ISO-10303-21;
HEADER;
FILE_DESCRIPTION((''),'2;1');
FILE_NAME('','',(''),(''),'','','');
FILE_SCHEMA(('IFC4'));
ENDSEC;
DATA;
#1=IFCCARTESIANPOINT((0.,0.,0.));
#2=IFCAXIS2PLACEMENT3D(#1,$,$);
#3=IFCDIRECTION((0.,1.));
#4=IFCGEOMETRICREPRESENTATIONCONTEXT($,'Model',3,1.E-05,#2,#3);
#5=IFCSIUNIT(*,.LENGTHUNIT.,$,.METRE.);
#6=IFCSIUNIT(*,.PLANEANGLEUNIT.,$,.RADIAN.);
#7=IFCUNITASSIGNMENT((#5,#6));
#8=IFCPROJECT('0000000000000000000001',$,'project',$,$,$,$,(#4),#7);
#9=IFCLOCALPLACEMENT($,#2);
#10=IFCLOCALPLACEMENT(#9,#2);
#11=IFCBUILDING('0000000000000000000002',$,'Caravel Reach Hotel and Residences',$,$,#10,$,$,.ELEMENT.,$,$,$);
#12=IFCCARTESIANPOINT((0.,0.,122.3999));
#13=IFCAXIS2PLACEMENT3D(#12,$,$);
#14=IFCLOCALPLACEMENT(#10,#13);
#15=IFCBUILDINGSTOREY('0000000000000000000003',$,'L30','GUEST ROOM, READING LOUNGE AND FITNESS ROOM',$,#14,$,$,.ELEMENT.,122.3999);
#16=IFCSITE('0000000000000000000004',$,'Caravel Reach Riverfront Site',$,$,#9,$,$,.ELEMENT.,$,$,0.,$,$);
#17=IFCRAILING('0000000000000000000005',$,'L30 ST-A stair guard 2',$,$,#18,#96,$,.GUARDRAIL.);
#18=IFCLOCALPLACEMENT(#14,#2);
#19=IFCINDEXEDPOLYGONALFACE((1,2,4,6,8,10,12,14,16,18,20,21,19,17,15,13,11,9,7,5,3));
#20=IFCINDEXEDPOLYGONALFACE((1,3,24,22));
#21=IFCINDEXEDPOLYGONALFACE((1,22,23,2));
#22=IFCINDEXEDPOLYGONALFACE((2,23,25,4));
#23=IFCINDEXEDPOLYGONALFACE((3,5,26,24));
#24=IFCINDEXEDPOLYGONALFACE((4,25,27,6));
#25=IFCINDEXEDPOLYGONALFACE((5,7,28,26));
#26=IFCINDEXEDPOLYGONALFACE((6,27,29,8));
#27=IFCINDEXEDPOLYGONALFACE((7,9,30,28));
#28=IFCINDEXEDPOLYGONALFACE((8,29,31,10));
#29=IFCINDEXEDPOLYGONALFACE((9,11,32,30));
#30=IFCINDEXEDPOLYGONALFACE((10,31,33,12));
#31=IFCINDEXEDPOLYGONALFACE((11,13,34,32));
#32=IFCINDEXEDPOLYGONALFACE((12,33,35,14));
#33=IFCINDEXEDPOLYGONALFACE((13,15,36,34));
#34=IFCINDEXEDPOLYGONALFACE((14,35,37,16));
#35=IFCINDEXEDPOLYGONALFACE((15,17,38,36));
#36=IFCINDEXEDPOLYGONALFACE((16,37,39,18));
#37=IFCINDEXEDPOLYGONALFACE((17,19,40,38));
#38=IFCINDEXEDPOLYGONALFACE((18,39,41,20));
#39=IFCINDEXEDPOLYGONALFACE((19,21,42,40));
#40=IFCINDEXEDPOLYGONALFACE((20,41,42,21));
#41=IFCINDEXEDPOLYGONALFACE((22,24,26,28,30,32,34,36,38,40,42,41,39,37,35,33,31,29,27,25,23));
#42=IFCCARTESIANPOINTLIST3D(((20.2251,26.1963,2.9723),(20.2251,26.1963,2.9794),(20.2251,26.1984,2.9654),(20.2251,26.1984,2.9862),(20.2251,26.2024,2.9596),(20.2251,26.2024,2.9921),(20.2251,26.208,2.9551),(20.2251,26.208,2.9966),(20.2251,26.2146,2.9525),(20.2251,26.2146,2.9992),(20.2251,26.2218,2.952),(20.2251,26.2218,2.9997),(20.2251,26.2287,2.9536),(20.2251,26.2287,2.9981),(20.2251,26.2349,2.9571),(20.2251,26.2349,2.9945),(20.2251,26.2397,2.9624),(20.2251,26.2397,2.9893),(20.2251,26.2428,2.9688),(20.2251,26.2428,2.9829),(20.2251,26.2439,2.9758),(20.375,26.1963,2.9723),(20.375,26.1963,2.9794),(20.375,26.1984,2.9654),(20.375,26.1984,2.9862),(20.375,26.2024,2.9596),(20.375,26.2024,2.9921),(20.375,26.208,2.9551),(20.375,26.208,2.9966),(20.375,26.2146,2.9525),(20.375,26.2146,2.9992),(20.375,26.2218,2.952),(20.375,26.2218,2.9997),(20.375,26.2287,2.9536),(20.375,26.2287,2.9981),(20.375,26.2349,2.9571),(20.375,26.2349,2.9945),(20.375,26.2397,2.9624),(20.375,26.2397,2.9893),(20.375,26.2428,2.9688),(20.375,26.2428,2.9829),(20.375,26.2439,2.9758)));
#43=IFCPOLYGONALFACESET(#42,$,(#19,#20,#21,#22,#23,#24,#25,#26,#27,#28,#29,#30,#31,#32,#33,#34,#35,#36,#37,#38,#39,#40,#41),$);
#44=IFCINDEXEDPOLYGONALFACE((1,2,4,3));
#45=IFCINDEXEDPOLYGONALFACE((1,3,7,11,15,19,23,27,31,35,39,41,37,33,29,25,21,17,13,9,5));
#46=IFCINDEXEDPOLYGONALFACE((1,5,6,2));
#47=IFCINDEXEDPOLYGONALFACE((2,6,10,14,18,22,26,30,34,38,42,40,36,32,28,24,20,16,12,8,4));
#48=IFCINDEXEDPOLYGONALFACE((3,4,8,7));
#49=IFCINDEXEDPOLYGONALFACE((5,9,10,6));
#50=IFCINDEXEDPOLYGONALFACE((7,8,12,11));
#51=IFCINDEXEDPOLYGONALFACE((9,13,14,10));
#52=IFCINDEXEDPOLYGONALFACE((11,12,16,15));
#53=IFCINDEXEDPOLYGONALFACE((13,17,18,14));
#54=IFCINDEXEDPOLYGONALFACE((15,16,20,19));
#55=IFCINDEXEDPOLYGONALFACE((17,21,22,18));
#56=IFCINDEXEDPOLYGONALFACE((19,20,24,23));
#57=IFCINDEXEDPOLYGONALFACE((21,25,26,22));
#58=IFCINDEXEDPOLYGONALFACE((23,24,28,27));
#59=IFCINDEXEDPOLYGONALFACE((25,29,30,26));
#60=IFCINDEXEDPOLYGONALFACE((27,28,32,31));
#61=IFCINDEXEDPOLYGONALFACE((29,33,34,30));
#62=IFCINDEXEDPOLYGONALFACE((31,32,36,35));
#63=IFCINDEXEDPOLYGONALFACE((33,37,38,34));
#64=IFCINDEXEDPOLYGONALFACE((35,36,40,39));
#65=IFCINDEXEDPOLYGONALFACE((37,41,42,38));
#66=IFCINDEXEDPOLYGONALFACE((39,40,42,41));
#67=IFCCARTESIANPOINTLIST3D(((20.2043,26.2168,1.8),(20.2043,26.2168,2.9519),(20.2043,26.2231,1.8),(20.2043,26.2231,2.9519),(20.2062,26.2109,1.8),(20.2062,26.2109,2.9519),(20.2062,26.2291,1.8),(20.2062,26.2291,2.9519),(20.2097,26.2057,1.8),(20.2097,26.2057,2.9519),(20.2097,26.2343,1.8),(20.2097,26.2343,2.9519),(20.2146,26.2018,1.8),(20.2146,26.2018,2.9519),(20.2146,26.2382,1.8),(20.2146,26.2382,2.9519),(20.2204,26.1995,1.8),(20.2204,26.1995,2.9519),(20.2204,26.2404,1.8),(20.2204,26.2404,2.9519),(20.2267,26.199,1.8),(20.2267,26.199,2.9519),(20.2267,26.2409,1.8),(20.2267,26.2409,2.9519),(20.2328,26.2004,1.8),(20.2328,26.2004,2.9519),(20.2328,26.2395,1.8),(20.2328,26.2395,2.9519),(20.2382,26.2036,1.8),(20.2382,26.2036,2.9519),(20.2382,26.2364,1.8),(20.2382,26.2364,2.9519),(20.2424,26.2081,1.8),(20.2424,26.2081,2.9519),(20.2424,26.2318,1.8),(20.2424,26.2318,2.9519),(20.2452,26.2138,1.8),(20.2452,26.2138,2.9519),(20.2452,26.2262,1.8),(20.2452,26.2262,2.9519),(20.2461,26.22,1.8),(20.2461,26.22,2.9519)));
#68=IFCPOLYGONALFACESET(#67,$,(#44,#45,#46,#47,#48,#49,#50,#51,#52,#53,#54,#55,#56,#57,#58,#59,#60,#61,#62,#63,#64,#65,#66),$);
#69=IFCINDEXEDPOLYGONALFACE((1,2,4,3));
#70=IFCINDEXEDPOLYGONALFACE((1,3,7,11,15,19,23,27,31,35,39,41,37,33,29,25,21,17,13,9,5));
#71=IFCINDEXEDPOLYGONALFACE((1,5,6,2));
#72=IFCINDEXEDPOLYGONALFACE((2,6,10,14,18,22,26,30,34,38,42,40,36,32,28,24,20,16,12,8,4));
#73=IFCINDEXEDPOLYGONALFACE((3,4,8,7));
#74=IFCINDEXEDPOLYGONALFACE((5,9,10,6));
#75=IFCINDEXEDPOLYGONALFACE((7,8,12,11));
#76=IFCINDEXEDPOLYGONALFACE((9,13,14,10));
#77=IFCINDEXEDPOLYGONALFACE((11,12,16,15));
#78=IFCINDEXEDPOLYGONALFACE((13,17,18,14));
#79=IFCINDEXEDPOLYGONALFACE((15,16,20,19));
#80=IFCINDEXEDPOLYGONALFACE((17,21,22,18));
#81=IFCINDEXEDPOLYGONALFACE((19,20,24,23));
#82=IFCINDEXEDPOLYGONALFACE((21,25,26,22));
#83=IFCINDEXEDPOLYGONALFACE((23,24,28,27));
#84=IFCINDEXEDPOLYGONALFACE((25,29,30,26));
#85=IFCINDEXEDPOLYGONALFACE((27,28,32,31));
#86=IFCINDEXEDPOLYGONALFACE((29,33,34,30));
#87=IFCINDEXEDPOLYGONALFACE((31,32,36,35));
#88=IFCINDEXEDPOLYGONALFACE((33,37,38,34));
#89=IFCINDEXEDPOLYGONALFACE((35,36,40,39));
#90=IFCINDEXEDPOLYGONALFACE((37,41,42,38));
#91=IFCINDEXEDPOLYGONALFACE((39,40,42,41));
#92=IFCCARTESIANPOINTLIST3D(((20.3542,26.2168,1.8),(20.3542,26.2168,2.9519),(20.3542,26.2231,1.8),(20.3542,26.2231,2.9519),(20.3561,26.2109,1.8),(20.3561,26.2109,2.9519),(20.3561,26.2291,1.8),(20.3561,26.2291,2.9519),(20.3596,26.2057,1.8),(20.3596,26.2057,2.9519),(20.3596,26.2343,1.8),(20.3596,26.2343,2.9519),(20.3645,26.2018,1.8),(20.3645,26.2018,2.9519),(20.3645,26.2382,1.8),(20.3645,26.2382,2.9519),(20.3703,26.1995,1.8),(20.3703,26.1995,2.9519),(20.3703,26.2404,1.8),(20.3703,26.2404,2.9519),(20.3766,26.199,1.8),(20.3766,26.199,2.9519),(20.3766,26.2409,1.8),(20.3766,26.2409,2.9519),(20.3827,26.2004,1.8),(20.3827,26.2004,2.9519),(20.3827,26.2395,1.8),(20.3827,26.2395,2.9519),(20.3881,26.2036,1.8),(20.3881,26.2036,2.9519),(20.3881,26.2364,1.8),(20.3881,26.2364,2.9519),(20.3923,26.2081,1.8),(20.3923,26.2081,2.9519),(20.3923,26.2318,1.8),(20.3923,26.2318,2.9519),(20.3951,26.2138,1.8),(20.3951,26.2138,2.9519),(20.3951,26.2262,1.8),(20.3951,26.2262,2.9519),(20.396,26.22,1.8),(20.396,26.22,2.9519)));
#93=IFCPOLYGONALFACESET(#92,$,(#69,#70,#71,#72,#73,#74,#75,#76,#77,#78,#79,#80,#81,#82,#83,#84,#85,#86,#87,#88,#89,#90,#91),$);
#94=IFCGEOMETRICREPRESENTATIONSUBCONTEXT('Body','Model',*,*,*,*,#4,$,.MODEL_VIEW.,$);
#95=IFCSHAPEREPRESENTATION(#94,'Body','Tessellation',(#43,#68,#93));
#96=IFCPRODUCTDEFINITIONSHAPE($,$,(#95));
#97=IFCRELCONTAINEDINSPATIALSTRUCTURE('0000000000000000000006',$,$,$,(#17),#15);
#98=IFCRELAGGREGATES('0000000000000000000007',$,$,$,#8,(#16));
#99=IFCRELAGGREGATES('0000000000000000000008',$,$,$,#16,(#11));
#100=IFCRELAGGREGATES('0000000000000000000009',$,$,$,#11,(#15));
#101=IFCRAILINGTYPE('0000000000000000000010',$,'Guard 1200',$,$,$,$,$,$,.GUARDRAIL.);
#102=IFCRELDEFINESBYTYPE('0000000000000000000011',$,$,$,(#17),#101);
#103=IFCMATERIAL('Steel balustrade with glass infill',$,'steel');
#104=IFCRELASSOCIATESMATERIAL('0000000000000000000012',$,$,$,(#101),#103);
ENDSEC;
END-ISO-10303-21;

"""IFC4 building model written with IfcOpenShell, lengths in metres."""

from ifc_helpers import new_model, si_unit, direction, frame, origin, origin_2d, place, context, subcontext, project, spatial, circle, extrude, material, type_object, element, save


model = new_model("IFC4")

# Units and contexts
model_context = context("Model", 3, precision=1e-05, world=origin(), true_north=direction((0.0, 1.0)))
body_context = subcontext(model_context, "Body", "Model", "MODEL_VIEW")
ifc_project = project(units=[si_unit("LENGTHUNIT", "METRE"), si_unit("PLANEANGLEUNIT", "RADIAN")], contexts=[model_context])

# Site, building, storey
site_placement = place(None, origin())
site = spatial("IfcSite", under=ifc_project, at=site_placement, Name="Caravel Reach Riverfront Site", CompositionType="ELEMENT", RefElevation=0.0)
building_placement = place(site_placement, origin())
building = spatial("IfcBuilding", under=site, at=building_placement, Name="Caravel Reach Hotel and Residences", CompositionType="ELEMENT")
storey_placement = place(building_placement, frame((0.0, 0.0, 122.3999)))
storey = spatial("IfcBuildingStorey", under=building, at=storey_placement, Name="L30", Description="GUEST ROOM, READING LOUNGE AND FITNESS ROOM", CompositionType="ELEMENT", Elevation=122.3999)

# Railing
ifc_material_1 = material(Name="Steel balustrade with glass infill", Category="steel")
railing_type_1 = type_object("IfcRailingType", Name="Guard 1200", PredefinedType="GUARDRAIL", material=ifc_material_1)
railing_1_placement = place(storey_placement, frame((20.2251, 26.22, 1.8)))
element("IfcRailing", 1, at=railing_1_placement, inside=storey, type_object=railing_type_1, Name="L30 ST-A stair guard 2", PredefinedType="GUARDRAIL", context=body_context, shape_type="SweptSolid", body=[
    extrude(circle(Radius=0.0239, at=origin_2d()), frame((0.0, 0.0, 1.1758), z_axis=(1.0, 0.0, 0.0), x_axis=(0.0, 1.0, 0.0)), (0.0, 0.0, 1.0), 0.1499),
    extrude(circle(Radius=0.021, at=origin_2d()), origin(), (0.0, 0.0, 1.0), 1.1519),
    extrude(circle(Radius=0.021, at=origin_2d()), frame((0.1499, 0.0, 0.0)), (0.0, 0.0, 1.0), 1.1519),
])

save(model, "model.ifc")
